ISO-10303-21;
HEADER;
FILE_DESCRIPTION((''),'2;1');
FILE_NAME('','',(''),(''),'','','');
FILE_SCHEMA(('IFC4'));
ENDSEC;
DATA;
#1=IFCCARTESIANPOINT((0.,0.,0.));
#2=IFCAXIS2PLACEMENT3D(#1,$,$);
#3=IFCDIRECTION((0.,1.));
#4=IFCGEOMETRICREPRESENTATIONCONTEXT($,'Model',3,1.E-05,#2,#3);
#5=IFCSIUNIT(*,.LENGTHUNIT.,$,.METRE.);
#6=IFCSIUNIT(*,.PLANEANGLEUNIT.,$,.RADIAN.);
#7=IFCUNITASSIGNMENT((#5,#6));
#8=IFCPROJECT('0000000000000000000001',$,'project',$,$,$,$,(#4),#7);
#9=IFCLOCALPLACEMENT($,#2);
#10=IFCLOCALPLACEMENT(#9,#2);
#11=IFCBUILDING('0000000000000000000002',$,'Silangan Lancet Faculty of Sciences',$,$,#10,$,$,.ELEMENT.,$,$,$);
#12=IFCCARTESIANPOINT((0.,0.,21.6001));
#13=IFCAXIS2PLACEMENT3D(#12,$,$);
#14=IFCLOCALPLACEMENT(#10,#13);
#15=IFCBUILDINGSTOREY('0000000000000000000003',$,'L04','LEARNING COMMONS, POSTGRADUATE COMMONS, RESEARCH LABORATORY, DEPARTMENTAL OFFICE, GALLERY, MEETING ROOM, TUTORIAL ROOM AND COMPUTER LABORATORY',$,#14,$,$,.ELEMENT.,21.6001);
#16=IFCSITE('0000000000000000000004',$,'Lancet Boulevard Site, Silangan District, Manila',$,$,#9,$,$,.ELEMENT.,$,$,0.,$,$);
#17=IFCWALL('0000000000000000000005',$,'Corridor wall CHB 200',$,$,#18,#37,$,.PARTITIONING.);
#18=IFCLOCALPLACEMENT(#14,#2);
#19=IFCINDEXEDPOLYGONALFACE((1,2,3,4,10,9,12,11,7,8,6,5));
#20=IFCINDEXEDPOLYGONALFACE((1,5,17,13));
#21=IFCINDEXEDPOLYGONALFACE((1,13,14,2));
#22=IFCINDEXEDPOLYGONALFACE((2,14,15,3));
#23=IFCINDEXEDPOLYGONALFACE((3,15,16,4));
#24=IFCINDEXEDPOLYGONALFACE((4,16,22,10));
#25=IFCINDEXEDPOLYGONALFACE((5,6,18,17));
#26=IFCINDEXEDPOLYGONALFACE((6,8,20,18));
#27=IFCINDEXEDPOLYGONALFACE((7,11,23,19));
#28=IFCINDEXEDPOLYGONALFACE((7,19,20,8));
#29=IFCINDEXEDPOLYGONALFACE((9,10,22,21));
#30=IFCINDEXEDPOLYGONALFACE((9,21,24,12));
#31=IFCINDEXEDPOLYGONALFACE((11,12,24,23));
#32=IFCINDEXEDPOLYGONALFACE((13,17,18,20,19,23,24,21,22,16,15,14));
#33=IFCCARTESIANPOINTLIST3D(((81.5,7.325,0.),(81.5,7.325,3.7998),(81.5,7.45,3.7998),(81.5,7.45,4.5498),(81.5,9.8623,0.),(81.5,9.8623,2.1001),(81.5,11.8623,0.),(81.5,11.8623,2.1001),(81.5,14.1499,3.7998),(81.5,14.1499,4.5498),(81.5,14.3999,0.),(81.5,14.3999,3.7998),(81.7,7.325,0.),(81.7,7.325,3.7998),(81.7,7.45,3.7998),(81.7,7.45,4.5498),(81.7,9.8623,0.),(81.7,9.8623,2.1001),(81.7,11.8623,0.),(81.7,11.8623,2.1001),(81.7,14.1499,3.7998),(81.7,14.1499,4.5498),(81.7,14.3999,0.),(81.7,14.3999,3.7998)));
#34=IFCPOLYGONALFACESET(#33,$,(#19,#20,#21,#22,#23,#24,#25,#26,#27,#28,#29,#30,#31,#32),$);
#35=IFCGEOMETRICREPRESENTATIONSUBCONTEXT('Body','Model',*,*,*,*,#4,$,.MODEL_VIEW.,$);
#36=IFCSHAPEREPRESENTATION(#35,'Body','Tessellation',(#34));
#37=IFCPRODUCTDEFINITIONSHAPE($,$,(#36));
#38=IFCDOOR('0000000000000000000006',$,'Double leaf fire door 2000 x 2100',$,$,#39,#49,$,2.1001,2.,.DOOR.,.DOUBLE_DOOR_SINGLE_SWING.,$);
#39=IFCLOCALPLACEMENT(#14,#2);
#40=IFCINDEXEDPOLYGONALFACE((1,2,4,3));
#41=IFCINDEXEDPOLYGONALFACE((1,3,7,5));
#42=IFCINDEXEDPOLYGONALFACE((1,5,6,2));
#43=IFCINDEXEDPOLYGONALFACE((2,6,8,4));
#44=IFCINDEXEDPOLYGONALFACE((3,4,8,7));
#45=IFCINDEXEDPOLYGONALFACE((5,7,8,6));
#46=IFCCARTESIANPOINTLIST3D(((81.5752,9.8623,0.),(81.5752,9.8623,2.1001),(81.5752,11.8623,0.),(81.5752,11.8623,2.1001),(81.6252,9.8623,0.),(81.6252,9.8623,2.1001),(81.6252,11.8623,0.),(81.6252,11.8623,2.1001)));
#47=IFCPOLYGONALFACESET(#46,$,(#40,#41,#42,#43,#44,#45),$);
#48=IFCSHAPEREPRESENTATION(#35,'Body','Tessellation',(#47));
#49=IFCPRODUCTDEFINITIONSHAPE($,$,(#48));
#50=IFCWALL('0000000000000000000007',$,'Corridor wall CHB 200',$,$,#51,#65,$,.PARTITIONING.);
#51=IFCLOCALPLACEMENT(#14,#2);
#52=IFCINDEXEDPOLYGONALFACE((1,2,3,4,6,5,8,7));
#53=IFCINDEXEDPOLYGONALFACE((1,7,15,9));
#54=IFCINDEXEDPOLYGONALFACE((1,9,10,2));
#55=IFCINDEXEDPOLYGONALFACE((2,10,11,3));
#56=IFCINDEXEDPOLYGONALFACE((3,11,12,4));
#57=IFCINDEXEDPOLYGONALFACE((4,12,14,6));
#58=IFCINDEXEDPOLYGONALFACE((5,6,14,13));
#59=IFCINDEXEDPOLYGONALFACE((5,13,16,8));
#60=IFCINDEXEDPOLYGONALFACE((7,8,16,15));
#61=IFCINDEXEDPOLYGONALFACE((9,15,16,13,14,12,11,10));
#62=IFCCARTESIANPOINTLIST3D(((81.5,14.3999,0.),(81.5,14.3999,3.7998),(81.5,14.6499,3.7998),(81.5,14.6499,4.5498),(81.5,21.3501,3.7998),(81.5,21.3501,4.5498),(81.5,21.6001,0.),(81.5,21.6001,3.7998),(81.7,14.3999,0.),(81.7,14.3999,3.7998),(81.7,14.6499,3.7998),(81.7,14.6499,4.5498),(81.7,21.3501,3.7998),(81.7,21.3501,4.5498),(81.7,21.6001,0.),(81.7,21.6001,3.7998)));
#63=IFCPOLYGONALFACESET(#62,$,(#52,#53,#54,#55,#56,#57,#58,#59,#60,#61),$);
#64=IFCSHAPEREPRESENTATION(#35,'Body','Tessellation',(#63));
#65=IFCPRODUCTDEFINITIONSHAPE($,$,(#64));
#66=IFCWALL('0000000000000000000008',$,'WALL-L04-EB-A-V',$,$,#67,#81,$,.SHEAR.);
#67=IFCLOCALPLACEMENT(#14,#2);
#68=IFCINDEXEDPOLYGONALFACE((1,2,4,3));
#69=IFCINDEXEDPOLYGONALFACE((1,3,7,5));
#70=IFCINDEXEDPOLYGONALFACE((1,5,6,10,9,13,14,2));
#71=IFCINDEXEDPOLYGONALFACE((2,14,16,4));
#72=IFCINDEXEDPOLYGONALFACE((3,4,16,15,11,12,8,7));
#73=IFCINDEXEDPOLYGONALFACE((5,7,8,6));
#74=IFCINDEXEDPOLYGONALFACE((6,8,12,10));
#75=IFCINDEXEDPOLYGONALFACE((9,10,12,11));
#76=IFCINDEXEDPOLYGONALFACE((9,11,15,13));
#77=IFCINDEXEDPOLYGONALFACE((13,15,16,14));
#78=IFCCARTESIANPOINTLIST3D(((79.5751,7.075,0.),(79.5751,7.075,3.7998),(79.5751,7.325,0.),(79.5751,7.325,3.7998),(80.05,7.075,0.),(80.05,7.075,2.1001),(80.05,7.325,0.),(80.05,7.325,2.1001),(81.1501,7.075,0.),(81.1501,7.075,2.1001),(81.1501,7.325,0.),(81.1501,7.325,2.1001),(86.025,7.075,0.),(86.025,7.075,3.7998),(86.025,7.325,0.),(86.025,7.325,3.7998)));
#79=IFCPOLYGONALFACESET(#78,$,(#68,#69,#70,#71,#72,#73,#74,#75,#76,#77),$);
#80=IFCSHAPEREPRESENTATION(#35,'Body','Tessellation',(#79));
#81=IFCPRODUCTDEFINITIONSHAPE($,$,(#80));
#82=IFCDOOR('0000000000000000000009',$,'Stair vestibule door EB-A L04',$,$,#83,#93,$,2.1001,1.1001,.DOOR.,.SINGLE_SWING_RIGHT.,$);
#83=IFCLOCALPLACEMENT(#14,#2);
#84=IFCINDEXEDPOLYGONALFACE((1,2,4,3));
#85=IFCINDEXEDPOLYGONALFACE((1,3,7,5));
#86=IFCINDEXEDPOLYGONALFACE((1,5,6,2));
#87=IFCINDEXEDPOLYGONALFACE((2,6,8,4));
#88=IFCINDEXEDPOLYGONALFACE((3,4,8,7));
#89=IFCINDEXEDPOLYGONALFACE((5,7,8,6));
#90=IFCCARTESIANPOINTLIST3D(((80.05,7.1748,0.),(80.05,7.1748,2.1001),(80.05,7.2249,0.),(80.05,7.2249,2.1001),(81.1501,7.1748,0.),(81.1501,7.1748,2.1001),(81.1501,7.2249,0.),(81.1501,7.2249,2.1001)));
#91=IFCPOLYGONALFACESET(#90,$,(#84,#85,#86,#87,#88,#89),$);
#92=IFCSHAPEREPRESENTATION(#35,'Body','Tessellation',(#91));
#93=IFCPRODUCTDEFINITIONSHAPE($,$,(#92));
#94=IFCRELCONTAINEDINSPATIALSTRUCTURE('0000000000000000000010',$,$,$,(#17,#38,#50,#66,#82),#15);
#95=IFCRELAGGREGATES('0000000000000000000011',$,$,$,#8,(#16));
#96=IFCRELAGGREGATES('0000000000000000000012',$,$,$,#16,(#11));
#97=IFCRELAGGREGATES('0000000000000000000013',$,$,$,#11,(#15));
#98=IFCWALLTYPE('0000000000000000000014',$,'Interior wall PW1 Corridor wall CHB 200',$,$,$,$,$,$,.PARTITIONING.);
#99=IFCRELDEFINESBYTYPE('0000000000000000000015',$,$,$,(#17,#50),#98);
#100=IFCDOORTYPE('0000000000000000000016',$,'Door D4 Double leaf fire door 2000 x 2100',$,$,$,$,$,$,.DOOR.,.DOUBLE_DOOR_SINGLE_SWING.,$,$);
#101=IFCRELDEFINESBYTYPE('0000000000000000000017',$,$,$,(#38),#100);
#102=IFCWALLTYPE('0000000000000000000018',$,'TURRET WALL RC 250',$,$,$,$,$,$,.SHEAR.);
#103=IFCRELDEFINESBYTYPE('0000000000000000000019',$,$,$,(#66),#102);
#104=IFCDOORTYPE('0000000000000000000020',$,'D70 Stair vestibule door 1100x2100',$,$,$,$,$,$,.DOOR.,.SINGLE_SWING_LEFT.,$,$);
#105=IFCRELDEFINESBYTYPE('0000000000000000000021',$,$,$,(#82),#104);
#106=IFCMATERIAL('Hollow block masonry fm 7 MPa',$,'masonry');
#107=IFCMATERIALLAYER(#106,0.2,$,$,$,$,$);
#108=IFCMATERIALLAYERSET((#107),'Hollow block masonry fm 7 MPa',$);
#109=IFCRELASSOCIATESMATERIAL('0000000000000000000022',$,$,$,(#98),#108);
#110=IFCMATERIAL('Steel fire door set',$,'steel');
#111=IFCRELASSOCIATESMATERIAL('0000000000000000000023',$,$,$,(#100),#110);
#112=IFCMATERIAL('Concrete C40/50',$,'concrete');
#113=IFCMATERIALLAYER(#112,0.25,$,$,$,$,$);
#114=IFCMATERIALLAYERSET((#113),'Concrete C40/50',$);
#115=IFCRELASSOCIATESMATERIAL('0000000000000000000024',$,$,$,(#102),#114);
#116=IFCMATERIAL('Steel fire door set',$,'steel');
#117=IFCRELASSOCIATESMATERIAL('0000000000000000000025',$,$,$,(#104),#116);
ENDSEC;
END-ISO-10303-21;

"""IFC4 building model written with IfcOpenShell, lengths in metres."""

from ifc_helpers import new_model, si_unit, direction, frame, frame_2d, origin, place, context, subcontext, project, spatial, polyline, rectangle, outline, extrude, material, layer, layer_set, type_object, element, fill, save


model = new_model("IFC4")

# Units and contexts
model_context = context("Model", 3, precision=1e-05, world=origin(), true_north=direction((0.0, 1.0)))
body_context = subcontext(model_context, "Body", "Model", "MODEL_VIEW")
ifc_project = project(units=[si_unit("LENGTHUNIT", "METRE"), si_unit("PLANEANGLEUNIT", "RADIAN")], contexts=[model_context])

# Site, building, storey
site_placement = place(None, origin())
site = spatial("IfcSite", under=ifc_project, at=site_placement, Name="Lancet Boulevard Site, Silangan District, Manila", CompositionType="ELEMENT", RefElevation=0.0)
building_placement = place(site_placement, origin())
building = spatial("IfcBuilding", under=site, at=building_placement, Name="Silangan Lancet Faculty of Sciences", CompositionType="ELEMENT")
storey_placement = place(building_placement, frame((0.0, 0.0, 21.6001)))
storey = spatial("IfcBuildingStorey", under=building, at=storey_placement, Name="L04", Description="LEARNING COMMONS, POSTGRADUATE COMMONS, RESEARCH LABORATORY, DEPARTMENTAL OFFICE, GALLERY, MEETING ROOM, TUTORIAL ROOM AND COMPUTER LABORATORY", CompositionType="ELEMENT", Elevation=21.6001)

# Shared definitions
ifc_material_1 = material(Name="Hollow block masonry fm 7 MPa", Category="masonry")
ifc_layer_1 = layer(ifc_material_1, 0.2)
ifc_layer_set_1 = layer_set([ifc_layer_1], Name="Hollow block masonry fm 7 MPa")
wall_type_1 = type_object("IfcWallType", Name="Interior wall PW1 Corridor wall CHB 200", PredefinedType="PARTITIONING", material=ifc_layer_set_1)

# Wall, opening, door
wall_1_placement = place(storey_placement, frame((81.6001, 7.325, 0.0), z_axis=(0.0, 0.0, 1.0), x_axis=(0.0, 1.0, 0.0)))
wall_1 = element("IfcWall", 1, at=wall_1_placement, inside=storey, type_object=wall_type_1, Name="Corridor wall CHB 200", PredefinedType="PARTITIONING", context=body_context, shape_type="SweptSolid", body=[
    extrude(outline(polyline([(0.0, 0.0), (7.075, 0.0), (7.075, 3.7998), (6.825, 3.7998), (6.825, 4.5498), (0.125, 4.5498), (0.125, 3.7998), (0.0, 3.7998), (0.0, 0.0)])), frame((0.0, 0.1001, 0.0), z_axis=(0.0, -1.0, 0.0), x_axis=(1.0, 0.0, 0.0)), (0.0, 0.0, 1.0), 0.2),
])
opening_1_placement = place(wall_1_placement, frame((2.5374, 0.0, 0.0)))
opening_1 = element("IfcOpeningElement", 2, at=opening_1_placement, cuts=wall_1, PredefinedType="OPENING", context=body_context, shape_type="SweptSolid", body=[
    extrude(rectangle(XDim=2.0, YDim=2.1001, at=frame_2d((1.0, 1.05))), frame((0.0, 0.1099, 0.0), z_axis=(0.0, -1.0, 0.0), x_axis=(1.0, 0.0, 0.0)), (0.0, 0.0, 1.0), 0.22),
])
ifc_material_2 = material(Name="Steel fire door set", Category="steel")
door_type_1 = type_object("IfcDoorType", Name="Door D4 Double leaf fire door 2000 x 2100", OperationType="DOUBLE_DOOR_SINGLE_SWING", PredefinedType="DOOR", material=ifc_material_2)
door_1_placement = place(opening_1_placement, origin())
door_1 = element("IfcDoor", 3, at=door_1_placement, inside=storey, type_object=door_type_1, Name="Double leaf fire door 2000 x 2100", OperationType="DOUBLE_DOOR_SINGLE_SWING", OverallHeight=2.1001, OverallWidth=2.0, PredefinedType="DOOR", context=body_context, shape_type="SweptSolid", body=[
    extrude(rectangle(XDim=2.0, YDim=2.1001, at=frame_2d((1.0, 1.05))), frame((0.0, 0.0249, 0.0), z_axis=(0.0, -1.0, 0.0), x_axis=(1.0, 0.0, 0.0)), (0.0, 0.0, 1.0), 0.05),
])
fill(opening_1, door_1)

# Wall
wall_2_placement = place(storey_placement, frame((81.6001, 14.3999, 0.0), z_axis=(0.0, 0.0, 1.0), x_axis=(0.0, 1.0, 0.0)))
element("IfcWall", 4, at=wall_2_placement, inside=storey, type_object=wall_type_1, Name="Corridor wall CHB 200", PredefinedType="PARTITIONING", context=body_context, shape_type="SweptSolid", body=[
    extrude(outline(polyline([(0.0, 0.0), (7.2002, 0.0), (7.2002, 3.7998), (6.9502, 3.7998), (6.9502, 4.5498), (0.25, 4.5498), (0.25, 3.7998), (0.0, 3.7998), (0.0, 0.0)])), frame((0.0, 0.1001, 0.0), z_axis=(0.0, -1.0, 0.0), x_axis=(1.0, 0.0, 0.0)), (0.0, 0.0, 1.0), 0.2),
])

# Wall, opening, door
ifc_material_3 = material(Name="Concrete C40/50", Category="concrete")
ifc_layer_2 = layer(ifc_material_3, 0.25)
ifc_layer_set_2 = layer_set([ifc_layer_2], Name="Concrete C40/50")
wall_type_2 = type_object("IfcWallType", Name="TURRET WALL RC 250", PredefinedType="SHEAR", material=ifc_layer_set_2)
wall_3_placement = place(storey_placement, frame((79.575, 7.2, 0.0), z_axis=(0.0, 0.0, 1.0), x_axis=(1.0, 0.0, 0.0)))
wall_3 = element("IfcWall", 5, at=wall_3_placement, inside=storey, type_object=wall_type_2, Name="WALL-L04-EB-A-V", PredefinedType="SHEAR", context=body_context, shape_type="SweptSolid", body=[
    extrude(rectangle(XDim=6.45, YDim=0.25, at=frame_2d((3.2251, 0.0))), origin(), (0.0, 0.0, 1.0), 3.7998),
])
opening_2_placement = place(wall_3_placement, frame((0.4751, 0.0, 0.0)))
opening_2 = element("IfcOpeningElement", 6, at=opening_2_placement, cuts=wall_3, PredefinedType="OPENING", context=body_context, shape_type="SweptSolid", body=[
    extrude(rectangle(XDim=1.1001, YDim=2.1001, at=frame_2d((0.55, 1.05))), frame((0.0, 0.135, 0.0), z_axis=(0.0, -1.0, 0.0), x_axis=(1.0, 0.0, 0.0)), (0.0, 0.0, 1.0), 0.27),
])
ifc_material_4 = material(Name="Steel fire door set", Category="steel")
door_type_2 = type_object("IfcDoorType", Name="D70 Stair vestibule door 1100x2100", OperationType="SINGLE_SWING_LEFT", PredefinedType="DOOR", material=ifc_material_4)
door_2_placement = place(opening_2_placement, frame((1.1001, 0.0, 0.0), z_axis=(0.0, 0.0, 1.0), x_axis=(-1.0, 0.0, 0.0)))
door_2 = element("IfcDoor", 7, at=door_2_placement, inside=storey, type_object=door_type_2, Name="Stair vestibule door EB-A L04", OperationType="SINGLE_SWING_RIGHT", OverallHeight=2.1001, OverallWidth=1.1001, PredefinedType="DOOR", context=body_context, shape_type="SweptSolid", body=[
    extrude(rectangle(XDim=1.1001, YDim=2.1001, at=frame_2d((0.55, 1.05))), frame((0.0, 0.0251, 0.0), z_axis=(0.0, -1.0, 0.0), x_axis=(1.0, 0.0, 0.0)), (0.0, 0.0, 1.0), 0.05),
])
fill(opening_2, door_2)

save(model, "model.ifc")
